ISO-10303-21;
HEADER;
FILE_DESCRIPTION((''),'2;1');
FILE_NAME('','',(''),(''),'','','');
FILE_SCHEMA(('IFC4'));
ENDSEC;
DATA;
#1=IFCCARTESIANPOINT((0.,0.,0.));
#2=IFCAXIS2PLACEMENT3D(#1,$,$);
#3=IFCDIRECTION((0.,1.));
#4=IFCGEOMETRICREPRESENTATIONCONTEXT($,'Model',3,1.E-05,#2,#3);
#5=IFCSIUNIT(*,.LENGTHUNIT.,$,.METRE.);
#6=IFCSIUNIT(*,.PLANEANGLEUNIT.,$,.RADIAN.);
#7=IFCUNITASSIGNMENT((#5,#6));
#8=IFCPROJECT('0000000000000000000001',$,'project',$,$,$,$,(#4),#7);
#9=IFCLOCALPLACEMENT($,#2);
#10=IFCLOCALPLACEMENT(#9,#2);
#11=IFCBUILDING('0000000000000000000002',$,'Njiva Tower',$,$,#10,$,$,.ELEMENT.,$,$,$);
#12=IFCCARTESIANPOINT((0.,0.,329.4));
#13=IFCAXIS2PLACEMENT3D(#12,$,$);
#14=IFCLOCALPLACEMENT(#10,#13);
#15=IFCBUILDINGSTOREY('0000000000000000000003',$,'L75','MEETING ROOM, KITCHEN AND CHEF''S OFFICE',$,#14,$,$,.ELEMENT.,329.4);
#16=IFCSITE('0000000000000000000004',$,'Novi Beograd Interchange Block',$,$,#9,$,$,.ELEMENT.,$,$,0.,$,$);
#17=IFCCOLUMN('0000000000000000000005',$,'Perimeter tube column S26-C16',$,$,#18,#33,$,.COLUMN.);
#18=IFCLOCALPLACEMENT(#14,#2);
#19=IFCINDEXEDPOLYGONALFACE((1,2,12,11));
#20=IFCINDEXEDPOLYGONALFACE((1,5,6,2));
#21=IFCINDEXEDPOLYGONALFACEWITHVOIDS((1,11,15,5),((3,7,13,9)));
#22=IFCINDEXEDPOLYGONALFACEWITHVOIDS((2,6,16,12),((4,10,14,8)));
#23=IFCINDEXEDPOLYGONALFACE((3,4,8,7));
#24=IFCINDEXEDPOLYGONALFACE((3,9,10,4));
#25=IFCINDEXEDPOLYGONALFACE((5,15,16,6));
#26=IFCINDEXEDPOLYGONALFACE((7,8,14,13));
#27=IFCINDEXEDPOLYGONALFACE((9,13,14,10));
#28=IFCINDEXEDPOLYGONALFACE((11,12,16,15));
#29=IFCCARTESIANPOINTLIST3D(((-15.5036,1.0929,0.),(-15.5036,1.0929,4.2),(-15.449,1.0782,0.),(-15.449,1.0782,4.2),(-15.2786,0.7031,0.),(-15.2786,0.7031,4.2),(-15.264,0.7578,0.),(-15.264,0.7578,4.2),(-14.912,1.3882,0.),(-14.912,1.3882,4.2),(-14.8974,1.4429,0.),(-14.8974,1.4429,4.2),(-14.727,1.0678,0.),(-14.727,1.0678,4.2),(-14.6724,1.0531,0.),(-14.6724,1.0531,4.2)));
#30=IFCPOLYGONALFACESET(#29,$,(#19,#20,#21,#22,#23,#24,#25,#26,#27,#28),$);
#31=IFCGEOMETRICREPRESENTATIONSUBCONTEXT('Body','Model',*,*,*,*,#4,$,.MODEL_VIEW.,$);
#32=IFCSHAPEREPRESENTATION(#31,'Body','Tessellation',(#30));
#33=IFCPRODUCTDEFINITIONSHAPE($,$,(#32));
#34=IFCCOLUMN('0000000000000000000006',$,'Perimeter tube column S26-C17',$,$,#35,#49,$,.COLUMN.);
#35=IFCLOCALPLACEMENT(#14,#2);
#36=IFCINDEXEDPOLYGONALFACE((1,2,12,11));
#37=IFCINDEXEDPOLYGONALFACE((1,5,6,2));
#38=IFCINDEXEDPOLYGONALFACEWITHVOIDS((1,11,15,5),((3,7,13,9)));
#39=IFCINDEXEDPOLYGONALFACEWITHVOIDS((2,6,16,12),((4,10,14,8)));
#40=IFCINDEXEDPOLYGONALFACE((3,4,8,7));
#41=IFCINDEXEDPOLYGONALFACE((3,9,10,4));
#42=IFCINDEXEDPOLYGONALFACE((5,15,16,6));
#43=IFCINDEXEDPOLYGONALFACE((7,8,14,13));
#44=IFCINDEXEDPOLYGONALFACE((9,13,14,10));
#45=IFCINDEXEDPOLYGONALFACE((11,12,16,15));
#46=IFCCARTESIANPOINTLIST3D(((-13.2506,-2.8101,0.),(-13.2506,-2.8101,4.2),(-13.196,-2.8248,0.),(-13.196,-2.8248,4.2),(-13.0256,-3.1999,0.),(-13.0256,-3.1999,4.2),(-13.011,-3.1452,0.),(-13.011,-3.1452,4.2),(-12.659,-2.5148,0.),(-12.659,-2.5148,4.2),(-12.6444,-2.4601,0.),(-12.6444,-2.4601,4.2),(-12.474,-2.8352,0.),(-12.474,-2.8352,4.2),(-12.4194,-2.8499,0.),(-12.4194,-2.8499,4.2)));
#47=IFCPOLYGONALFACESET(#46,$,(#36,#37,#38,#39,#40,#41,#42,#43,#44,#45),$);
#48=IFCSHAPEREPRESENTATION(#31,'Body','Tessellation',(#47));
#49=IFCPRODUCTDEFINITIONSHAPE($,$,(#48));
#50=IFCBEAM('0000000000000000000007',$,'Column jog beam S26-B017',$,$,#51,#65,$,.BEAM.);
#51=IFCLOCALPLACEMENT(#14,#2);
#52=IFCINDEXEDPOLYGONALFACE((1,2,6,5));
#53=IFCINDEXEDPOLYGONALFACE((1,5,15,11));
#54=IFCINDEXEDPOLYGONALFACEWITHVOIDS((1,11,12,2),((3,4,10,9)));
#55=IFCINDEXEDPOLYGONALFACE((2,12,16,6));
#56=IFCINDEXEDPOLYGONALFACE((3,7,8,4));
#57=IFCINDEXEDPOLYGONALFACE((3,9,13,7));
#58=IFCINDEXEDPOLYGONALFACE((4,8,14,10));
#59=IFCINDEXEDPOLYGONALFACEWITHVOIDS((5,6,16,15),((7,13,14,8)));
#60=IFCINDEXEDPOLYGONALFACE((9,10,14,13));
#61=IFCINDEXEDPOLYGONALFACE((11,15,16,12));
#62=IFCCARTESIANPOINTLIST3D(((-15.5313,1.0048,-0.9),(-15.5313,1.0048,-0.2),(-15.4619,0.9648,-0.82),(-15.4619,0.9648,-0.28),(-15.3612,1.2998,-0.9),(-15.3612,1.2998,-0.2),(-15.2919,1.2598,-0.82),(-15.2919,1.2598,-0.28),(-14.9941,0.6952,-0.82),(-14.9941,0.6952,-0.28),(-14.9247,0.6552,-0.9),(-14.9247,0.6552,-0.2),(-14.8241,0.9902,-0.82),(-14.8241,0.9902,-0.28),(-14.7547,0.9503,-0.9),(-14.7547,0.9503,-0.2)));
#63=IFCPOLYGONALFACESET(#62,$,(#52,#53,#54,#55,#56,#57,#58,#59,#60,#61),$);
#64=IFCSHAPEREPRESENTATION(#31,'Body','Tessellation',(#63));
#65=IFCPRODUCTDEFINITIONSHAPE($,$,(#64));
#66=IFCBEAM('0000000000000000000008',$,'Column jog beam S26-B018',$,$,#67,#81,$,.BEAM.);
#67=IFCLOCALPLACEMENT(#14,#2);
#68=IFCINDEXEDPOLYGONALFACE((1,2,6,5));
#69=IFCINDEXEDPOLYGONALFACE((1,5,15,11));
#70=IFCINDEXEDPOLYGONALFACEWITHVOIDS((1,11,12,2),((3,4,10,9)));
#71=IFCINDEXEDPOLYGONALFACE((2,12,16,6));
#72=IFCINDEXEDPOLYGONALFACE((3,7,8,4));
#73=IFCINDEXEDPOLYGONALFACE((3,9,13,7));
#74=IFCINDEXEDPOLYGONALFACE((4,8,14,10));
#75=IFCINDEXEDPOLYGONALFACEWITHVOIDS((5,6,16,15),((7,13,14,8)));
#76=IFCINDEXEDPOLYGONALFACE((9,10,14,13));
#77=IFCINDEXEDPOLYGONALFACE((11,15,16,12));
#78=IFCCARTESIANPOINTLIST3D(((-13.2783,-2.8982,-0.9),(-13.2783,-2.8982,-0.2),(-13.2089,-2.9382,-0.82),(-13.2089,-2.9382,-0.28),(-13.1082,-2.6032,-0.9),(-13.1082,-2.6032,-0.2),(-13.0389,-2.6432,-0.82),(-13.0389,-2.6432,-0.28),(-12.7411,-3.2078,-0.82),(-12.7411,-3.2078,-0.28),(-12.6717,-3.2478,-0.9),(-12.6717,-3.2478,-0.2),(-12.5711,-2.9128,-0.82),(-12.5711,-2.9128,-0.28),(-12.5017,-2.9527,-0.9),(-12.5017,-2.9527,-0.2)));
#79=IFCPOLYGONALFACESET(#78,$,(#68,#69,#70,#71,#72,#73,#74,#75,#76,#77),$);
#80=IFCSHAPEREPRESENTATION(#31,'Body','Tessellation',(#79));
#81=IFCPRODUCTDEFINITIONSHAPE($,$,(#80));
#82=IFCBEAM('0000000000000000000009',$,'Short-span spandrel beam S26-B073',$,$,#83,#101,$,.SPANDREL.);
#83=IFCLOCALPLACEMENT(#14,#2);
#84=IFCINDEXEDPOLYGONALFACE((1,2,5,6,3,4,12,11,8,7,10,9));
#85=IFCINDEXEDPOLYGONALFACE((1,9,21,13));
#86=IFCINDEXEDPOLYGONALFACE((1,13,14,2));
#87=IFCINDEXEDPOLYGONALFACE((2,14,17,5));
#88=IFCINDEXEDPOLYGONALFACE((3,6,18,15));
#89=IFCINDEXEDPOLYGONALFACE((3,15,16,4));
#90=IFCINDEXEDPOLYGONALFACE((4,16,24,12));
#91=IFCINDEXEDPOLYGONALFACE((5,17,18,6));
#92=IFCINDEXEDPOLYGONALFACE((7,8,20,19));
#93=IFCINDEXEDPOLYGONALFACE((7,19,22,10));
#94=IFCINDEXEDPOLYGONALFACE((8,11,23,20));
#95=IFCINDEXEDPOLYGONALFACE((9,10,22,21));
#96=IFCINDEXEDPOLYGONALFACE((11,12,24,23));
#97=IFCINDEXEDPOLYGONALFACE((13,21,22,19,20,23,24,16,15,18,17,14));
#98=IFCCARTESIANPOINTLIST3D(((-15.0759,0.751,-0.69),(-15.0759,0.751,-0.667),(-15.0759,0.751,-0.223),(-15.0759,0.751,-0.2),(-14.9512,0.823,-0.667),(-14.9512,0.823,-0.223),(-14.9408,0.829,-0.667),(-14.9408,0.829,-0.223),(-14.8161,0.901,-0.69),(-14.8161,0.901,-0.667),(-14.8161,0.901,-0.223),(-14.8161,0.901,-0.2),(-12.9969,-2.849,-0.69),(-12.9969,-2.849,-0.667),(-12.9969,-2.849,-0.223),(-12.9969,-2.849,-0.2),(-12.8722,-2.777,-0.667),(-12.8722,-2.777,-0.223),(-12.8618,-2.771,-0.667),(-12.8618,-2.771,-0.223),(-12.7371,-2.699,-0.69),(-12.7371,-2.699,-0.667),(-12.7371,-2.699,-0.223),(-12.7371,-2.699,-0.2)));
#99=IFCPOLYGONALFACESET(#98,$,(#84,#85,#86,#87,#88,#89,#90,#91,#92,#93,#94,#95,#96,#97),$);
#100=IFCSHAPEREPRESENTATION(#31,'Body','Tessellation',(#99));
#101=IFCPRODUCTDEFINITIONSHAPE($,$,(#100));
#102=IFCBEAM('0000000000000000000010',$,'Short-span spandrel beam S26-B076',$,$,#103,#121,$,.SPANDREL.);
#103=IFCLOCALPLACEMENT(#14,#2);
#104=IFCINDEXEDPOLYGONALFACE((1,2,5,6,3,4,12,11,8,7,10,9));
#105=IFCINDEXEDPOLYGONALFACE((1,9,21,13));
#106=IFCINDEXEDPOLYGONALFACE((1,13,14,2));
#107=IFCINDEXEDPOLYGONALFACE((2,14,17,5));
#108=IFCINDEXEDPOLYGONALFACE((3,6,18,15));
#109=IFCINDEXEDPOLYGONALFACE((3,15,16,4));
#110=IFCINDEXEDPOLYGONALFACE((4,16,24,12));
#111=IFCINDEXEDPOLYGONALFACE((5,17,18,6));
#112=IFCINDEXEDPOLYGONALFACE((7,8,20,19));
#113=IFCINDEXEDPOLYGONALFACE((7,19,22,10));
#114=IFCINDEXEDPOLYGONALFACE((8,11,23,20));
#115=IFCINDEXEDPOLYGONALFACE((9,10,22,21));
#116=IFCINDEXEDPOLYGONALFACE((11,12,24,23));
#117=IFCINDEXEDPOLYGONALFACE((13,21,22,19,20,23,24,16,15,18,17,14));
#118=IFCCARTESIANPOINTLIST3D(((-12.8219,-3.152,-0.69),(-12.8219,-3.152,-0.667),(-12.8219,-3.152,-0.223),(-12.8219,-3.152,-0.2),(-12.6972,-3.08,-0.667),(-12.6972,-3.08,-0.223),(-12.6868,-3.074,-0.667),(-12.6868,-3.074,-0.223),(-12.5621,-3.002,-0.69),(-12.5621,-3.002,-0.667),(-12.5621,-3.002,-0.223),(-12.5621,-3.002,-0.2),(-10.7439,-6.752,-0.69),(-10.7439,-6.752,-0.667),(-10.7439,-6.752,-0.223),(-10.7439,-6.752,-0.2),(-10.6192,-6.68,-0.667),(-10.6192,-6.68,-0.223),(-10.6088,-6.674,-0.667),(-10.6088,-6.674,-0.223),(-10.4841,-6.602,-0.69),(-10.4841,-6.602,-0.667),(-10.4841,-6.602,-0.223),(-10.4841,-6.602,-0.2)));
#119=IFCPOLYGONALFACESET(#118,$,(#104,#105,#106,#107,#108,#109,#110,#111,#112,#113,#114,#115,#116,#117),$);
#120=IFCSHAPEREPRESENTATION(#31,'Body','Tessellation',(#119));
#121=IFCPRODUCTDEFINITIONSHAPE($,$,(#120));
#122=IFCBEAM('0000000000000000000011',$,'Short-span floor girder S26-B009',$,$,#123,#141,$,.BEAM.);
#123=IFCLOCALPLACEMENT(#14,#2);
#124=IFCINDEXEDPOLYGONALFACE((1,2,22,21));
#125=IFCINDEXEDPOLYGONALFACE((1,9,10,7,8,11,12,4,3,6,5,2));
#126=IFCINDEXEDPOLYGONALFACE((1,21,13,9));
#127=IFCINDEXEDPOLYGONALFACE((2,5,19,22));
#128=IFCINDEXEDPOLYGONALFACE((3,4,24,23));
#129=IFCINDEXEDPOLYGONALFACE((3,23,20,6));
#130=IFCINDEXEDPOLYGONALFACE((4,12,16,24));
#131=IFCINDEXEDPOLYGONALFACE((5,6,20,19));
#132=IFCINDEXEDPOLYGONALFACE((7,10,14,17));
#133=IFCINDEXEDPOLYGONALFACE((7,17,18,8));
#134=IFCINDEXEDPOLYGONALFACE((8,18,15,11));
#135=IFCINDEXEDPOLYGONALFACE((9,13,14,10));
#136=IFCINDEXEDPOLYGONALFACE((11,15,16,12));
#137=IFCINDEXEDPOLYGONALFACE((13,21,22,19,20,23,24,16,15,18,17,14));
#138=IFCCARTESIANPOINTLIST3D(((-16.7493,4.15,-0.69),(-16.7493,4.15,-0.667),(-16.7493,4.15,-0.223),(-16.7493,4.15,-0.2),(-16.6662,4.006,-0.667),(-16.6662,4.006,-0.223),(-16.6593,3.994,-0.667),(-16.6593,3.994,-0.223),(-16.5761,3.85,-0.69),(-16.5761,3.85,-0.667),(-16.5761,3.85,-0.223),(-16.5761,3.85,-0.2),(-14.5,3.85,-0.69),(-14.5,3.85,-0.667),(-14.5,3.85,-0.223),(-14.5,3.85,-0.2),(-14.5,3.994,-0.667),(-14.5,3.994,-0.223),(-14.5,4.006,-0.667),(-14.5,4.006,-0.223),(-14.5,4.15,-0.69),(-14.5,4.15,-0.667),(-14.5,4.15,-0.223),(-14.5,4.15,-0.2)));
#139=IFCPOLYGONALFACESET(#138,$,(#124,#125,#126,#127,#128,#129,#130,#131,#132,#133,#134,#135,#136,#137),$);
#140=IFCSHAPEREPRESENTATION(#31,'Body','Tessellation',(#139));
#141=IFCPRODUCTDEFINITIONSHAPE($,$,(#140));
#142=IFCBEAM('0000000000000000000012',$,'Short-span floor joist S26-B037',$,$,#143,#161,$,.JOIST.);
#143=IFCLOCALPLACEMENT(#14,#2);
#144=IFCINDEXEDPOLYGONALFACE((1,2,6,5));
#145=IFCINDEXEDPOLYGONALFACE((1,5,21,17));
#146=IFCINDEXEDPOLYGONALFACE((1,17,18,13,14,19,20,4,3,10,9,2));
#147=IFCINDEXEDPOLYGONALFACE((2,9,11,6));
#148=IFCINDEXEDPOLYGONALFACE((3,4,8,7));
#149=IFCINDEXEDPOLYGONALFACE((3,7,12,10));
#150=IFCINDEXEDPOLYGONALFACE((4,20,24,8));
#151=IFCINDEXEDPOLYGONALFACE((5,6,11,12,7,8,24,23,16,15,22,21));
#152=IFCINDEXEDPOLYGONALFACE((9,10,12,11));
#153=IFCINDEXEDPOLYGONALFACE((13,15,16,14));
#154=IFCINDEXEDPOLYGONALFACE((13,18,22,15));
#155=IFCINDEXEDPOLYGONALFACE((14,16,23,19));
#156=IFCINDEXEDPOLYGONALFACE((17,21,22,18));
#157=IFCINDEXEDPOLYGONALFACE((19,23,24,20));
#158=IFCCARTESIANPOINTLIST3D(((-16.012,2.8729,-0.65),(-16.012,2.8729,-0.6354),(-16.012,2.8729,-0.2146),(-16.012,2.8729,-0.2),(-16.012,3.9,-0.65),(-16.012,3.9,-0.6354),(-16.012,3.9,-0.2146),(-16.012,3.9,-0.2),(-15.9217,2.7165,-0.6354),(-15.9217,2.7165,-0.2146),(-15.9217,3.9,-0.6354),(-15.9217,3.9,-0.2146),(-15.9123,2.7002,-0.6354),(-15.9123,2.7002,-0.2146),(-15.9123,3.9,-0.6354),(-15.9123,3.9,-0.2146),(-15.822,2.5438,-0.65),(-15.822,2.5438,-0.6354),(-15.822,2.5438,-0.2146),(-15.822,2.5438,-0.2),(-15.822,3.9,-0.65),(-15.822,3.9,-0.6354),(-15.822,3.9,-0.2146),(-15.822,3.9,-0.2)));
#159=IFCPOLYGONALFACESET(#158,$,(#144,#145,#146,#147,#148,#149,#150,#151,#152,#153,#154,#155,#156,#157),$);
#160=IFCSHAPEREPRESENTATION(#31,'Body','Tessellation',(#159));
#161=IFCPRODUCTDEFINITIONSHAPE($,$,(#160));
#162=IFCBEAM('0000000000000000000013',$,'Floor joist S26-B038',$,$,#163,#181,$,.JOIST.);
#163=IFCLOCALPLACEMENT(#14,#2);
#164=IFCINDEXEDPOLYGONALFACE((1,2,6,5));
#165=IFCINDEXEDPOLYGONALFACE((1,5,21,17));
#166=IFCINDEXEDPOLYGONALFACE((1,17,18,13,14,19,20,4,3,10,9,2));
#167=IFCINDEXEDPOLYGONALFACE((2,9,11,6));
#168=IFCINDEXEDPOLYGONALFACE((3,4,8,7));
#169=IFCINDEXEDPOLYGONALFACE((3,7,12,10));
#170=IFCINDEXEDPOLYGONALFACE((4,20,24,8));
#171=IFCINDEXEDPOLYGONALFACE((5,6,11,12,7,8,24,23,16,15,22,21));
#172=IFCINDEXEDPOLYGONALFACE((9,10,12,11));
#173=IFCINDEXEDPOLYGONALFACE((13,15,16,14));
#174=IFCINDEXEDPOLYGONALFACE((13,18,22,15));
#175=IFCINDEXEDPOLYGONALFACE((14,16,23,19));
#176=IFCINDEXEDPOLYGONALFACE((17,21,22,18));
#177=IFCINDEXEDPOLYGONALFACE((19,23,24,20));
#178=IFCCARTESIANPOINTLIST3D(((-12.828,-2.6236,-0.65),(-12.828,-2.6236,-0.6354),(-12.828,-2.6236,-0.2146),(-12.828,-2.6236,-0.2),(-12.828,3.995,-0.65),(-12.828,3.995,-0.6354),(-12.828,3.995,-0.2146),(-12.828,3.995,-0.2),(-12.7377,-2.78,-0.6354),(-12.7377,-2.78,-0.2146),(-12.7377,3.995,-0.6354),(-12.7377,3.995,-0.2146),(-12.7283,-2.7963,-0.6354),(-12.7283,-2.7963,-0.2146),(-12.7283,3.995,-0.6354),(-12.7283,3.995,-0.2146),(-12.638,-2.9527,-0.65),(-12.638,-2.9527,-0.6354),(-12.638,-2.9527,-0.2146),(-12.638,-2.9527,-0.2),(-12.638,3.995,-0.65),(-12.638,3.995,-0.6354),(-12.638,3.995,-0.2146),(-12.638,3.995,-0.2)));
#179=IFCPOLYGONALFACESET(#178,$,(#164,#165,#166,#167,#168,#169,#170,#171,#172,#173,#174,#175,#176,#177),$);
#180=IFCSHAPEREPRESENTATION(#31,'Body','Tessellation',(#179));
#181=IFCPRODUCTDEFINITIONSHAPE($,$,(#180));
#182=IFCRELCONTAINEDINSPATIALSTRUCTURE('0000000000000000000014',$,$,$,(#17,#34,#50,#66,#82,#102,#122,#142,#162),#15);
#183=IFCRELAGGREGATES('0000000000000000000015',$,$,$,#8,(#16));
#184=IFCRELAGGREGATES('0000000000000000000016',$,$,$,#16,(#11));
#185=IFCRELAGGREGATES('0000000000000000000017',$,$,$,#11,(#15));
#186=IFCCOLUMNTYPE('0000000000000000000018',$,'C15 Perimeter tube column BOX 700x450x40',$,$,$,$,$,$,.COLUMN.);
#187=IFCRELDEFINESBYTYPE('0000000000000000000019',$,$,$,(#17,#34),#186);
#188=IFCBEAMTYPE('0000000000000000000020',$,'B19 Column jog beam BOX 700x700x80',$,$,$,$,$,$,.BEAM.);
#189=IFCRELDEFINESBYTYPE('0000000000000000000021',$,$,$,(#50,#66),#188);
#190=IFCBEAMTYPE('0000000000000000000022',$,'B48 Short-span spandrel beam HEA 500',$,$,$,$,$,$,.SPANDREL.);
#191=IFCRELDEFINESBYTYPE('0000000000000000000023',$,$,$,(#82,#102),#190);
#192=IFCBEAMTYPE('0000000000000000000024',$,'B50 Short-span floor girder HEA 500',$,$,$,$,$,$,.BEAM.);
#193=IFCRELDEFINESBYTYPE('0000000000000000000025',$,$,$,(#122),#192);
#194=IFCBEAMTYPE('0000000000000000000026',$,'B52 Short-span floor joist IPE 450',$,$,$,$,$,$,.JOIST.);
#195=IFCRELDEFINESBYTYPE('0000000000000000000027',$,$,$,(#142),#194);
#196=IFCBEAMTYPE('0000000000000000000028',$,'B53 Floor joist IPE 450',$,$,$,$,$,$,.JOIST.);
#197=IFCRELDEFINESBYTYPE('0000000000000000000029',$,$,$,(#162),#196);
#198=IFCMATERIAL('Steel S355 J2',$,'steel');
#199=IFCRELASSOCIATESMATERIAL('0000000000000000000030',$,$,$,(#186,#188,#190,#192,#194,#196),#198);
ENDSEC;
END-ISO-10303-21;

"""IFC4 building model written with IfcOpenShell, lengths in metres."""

from ifc_helpers import new_model, si_unit, direction, frame, origin, origin_2d, place, context, subcontext, project, spatial, hollow_rectangle, i_section, extrude, clip, halfspace, material, material_profile, profile_set, type_object, element, save


model = new_model("IFC4")

# Units and contexts
model_context = context("Model", 3, precision=1e-05, world=origin(), true_north=direction((0.0, 1.0)))
body_context = subcontext(model_context, "Body", "Model", "MODEL_VIEW")
ifc_project = project(units=[si_unit("LENGTHUNIT", "METRE"), si_unit("PLANEANGLEUNIT", "RADIAN")], contexts=[model_context])

# Site, building, storey
site_placement = place(None, origin())
site = spatial("IfcSite", under=ifc_project, at=site_placement, Name="Novi Beograd Interchange Block", CompositionType="ELEMENT", RefElevation=0.0)
building_placement = place(site_placement, origin())
building = spatial("IfcBuilding", under=site, at=building_placement, Name="Njiva Tower", CompositionType="ELEMENT")
storey_placement = place(building_placement, frame((0.0, 0.0, 329.4)))
storey = spatial("IfcBuildingStorey", under=building, at=storey_placement, Name="L75", Description="MEETING ROOM, KITCHEN AND CHEF'S OFFICE", CompositionType="ELEMENT", Elevation=329.4)

# Columns
ifc_material_1 = material(Name="Steel S355 J2", Category="steel")
ifc_material_profile_1 = material_profile(ifc_material_1, hollow_rectangle(XDim=0.45, YDim=0.7, WallThickness=0.04, at=origin_2d()), Name="BOX 700x450x40")
ifc_profile_set_1 = profile_set([ifc_material_profile_1], Name="Steel S355 J2")
column_type = type_object("IfcColumnType", Name="C15 Perimeter tube column BOX 700x450x40", PredefinedType="COLUMN", material=ifc_profile_set_1)
for number, where, z_axis, x_axis, name in (
    (1, (-15.088, 1.073, 0.0), (0.0, 0.0, 1.0), (0.5, -0.866025, 0.0), "Perimeter tube column S26-C16"),
    (2, (-12.835, -2.83, 0.0), (0.0, 0.0, 1.0), (0.5, -0.866025, 0.0), "Perimeter tube column S26-C17"),
):
    element("IfcColumn", number, at=place(storey_placement, frame(where, z_axis=z_axis, x_axis=x_axis)), inside=storey, type_object=column_type, Name=name, PredefinedType="COLUMN", context=body_context, shape_type="SweptSolid", body=[
        extrude(hollow_rectangle(XDim=0.45, YDim=0.7, WallThickness=0.04, at=origin_2d()), origin(), (0.0, 0.0, 1.0), 4.2),
    ])

# Beams
ifc_material_profile_2 = material_profile(ifc_material_1, hollow_rectangle(XDim=0.7, YDim=0.7, WallThickness=0.08, at=origin_2d()), Name="BOX 700x700x80")
ifc_profile_set_2 = profile_set([ifc_material_profile_2], Name="Steel S355 J2")
beam_type_1 = type_object("IfcBeamType", Name="B19 Column jog beam BOX 700x700x80", PredefinedType="BEAM", material=ifc_profile_set_2)
for number, where, z_axis, x_axis, name in (
    (3, (-15.228, 0.83, -0.55), (0.499299, 0.86643, 0.0), (-0.86643, 0.499299, 0.0), "Column jog beam S26-B017"),
    (4, (-12.975, -3.073, -0.55), (0.499299, 0.86643, 0.0), (-0.86643, 0.499299, 0.0), "Column jog beam S26-B018"),
):
    element("IfcBeam", number, at=place(storey_placement, frame(where, z_axis=z_axis, x_axis=x_axis)), inside=storey, type_object=beam_type_1, Name=name, PredefinedType="BEAM", context=body_context, shape_type="SweptSolid", body=[
        extrude(hollow_rectangle(XDim=0.7, YDim=0.7, WallThickness=0.08, at=origin_2d()), origin(), (0.0, 0.0, 1.0), 0.3405),
    ])
ifc_material_profile_3 = material_profile(ifc_material_1, i_section(OverallWidth=0.3, OverallDepth=0.49, WebThickness=0.012, FlangeThickness=0.023, at=origin_2d()), Name="HEA 500")
ifc_profile_set_3 = profile_set([ifc_material_profile_3], Name="Steel S355 J2")
beam_type_2 = type_object("IfcBeamType", Name="B48 Short-span spandrel beam HEA 500", PredefinedType="SPANDREL", material=ifc_profile_set_3)
beam_1_placement = place(storey_placement, frame((-14.946, 0.826, -0.445), z_axis=(0.500097, -0.865969, 0.0), x_axis=(0.865969, 0.500097, 0.0)))
element("IfcBeam", 5, at=beam_1_placement, inside=storey, type_object=beam_type_2, Name="Short-span spandrel beam S26-B073", PredefinedType="SPANDREL", context=body_context, shape_type="SweptSolid", body=[
    extrude(i_section(OverallWidth=0.3, OverallDepth=0.49, WebThickness=0.012, FlangeThickness=0.023, at=origin_2d()), origin(), (0.0, 0.0, 1.0), 4.1572),
])
beam_2_placement = place(storey_placement, frame((-12.692, -3.077, -0.445), z_axis=(0.499917, -0.866073, 0.0), x_axis=(0.866073, 0.499917, 0.0)))
element("IfcBeam", 6, at=beam_2_placement, inside=storey, type_object=beam_type_2, Name="Short-span spandrel beam S26-B076", PredefinedType="SPANDREL", context=body_context, shape_type="SweptSolid", body=[
    extrude(i_section(OverallWidth=0.3, OverallDepth=0.49, WebThickness=0.012, FlangeThickness=0.023, at=origin_2d()), origin(), (0.0, 0.0, 1.0), 4.1567),
])
ifc_material_profile_4 = material_profile(ifc_material_1, i_section(OverallWidth=0.3, OverallDepth=0.49, WebThickness=0.012, FlangeThickness=0.023, at=origin_2d()), Name="HEA 500")
ifc_profile_set_4 = profile_set([ifc_material_profile_4], Name="Steel S355 J2")
beam_type_3 = type_object("IfcBeamType", Name="B50 Short-span floor girder HEA 500", PredefinedType="BEAM", material=ifc_profile_set_4)
beam_3_placement = place(storey_placement, frame((-16.77, 4.0, -0.445), z_axis=(1.0, 0.0, 0.0), x_axis=(0.0, 1.0, 0.0)))
element("IfcBeam", 7, at=beam_3_placement, inside=storey, type_object=beam_type_3, Name="Short-span floor girder S26-B009", PredefinedType="BEAM", context=body_context, shape_type="Clipping", body=[
    clip(extrude(i_section(OverallWidth=0.3, OverallDepth=0.49, WebThickness=0.012, FlangeThickness=0.023, at=origin_2d()), origin(), (0.0, 0.0, 1.0), 2.27), halfspace(frame((-0.025, 0.0, 0.1217), z_axis=(-0.499998, 0.0, -0.866027), x_axis=(0.0, -1.0, 0.0)), False)),
])
ifc_material_profile_5 = material_profile(ifc_material_1, i_section(OverallWidth=0.19, OverallDepth=0.45, WebThickness=0.0094, FlangeThickness=0.0146, at=origin_2d()), Name="IPE 450")
ifc_profile_set_5 = profile_set([ifc_material_profile_5], Name="Steel S355 J2")
beam_type_4 = type_object("IfcBeamType", Name="B52 Short-span floor joist IPE 450", PredefinedType="JOIST", material=ifc_profile_set_5)
beam_4_placement = place(storey_placement, frame((-15.917, 3.9, -0.425), z_axis=(0.0, -1.0, 0.0), x_axis=(1.0, 0.0, 0.0)))
element("IfcBeam", 8, at=beam_4_placement, inside=storey, type_object=beam_type_4, Name="Short-span floor joist S26-B037", PredefinedType="JOIST", context=body_context, shape_type="Clipping", body=[
    clip(extrude(i_section(OverallWidth=0.19, OverallDepth=0.45, WebThickness=0.0094, FlangeThickness=0.0146, at=origin_2d()), origin(), (0.0, 0.0, 1.0), 1.377), halfspace(frame((-0.043, 0.0, 1.1172), z_axis=(-0.866027, 0.0, 0.499998), x_axis=(0.0, 1.0, 0.0)), False)),
])
ifc_material_profile_6 = material_profile(ifc_material_1, i_section(OverallWidth=0.19, OverallDepth=0.45, WebThickness=0.0094, FlangeThickness=0.0146, at=origin_2d()), Name="IPE 450")
ifc_profile_set_6 = profile_set([ifc_material_profile_6], Name="Steel S355 J2")
beam_type_5 = type_object("IfcBeamType", Name="B53 Floor joist IPE 450", PredefinedType="JOIST", material=ifc_profile_set_6)
beam_5_placement = place(storey_placement, frame((-12.733, 3.995, -0.425), z_axis=(0.0, -1.0, 0.0), x_axis=(1.0, 0.0, 0.0)))
element("IfcBeam", 9, at=beam_5_placement, inside=storey, type_object=beam_type_5, Name="Floor joist S26-B038", PredefinedType="JOIST", context=body_context, shape_type="Clipping", body=[
    clip(extrude(i_section(OverallWidth=0.19, OverallDepth=0.45, WebThickness=0.0094, FlangeThickness=0.0146, at=origin_2d()), origin(), (0.0, 0.0, 1.0), 6.968), halfspace(frame((-0.0436, 0.0, 6.7076), z_axis=(-0.866027, 0.0, 0.499998), x_axis=(0.0, 1.0, 0.0)), False)),
])

save(model, "model.ifc")
